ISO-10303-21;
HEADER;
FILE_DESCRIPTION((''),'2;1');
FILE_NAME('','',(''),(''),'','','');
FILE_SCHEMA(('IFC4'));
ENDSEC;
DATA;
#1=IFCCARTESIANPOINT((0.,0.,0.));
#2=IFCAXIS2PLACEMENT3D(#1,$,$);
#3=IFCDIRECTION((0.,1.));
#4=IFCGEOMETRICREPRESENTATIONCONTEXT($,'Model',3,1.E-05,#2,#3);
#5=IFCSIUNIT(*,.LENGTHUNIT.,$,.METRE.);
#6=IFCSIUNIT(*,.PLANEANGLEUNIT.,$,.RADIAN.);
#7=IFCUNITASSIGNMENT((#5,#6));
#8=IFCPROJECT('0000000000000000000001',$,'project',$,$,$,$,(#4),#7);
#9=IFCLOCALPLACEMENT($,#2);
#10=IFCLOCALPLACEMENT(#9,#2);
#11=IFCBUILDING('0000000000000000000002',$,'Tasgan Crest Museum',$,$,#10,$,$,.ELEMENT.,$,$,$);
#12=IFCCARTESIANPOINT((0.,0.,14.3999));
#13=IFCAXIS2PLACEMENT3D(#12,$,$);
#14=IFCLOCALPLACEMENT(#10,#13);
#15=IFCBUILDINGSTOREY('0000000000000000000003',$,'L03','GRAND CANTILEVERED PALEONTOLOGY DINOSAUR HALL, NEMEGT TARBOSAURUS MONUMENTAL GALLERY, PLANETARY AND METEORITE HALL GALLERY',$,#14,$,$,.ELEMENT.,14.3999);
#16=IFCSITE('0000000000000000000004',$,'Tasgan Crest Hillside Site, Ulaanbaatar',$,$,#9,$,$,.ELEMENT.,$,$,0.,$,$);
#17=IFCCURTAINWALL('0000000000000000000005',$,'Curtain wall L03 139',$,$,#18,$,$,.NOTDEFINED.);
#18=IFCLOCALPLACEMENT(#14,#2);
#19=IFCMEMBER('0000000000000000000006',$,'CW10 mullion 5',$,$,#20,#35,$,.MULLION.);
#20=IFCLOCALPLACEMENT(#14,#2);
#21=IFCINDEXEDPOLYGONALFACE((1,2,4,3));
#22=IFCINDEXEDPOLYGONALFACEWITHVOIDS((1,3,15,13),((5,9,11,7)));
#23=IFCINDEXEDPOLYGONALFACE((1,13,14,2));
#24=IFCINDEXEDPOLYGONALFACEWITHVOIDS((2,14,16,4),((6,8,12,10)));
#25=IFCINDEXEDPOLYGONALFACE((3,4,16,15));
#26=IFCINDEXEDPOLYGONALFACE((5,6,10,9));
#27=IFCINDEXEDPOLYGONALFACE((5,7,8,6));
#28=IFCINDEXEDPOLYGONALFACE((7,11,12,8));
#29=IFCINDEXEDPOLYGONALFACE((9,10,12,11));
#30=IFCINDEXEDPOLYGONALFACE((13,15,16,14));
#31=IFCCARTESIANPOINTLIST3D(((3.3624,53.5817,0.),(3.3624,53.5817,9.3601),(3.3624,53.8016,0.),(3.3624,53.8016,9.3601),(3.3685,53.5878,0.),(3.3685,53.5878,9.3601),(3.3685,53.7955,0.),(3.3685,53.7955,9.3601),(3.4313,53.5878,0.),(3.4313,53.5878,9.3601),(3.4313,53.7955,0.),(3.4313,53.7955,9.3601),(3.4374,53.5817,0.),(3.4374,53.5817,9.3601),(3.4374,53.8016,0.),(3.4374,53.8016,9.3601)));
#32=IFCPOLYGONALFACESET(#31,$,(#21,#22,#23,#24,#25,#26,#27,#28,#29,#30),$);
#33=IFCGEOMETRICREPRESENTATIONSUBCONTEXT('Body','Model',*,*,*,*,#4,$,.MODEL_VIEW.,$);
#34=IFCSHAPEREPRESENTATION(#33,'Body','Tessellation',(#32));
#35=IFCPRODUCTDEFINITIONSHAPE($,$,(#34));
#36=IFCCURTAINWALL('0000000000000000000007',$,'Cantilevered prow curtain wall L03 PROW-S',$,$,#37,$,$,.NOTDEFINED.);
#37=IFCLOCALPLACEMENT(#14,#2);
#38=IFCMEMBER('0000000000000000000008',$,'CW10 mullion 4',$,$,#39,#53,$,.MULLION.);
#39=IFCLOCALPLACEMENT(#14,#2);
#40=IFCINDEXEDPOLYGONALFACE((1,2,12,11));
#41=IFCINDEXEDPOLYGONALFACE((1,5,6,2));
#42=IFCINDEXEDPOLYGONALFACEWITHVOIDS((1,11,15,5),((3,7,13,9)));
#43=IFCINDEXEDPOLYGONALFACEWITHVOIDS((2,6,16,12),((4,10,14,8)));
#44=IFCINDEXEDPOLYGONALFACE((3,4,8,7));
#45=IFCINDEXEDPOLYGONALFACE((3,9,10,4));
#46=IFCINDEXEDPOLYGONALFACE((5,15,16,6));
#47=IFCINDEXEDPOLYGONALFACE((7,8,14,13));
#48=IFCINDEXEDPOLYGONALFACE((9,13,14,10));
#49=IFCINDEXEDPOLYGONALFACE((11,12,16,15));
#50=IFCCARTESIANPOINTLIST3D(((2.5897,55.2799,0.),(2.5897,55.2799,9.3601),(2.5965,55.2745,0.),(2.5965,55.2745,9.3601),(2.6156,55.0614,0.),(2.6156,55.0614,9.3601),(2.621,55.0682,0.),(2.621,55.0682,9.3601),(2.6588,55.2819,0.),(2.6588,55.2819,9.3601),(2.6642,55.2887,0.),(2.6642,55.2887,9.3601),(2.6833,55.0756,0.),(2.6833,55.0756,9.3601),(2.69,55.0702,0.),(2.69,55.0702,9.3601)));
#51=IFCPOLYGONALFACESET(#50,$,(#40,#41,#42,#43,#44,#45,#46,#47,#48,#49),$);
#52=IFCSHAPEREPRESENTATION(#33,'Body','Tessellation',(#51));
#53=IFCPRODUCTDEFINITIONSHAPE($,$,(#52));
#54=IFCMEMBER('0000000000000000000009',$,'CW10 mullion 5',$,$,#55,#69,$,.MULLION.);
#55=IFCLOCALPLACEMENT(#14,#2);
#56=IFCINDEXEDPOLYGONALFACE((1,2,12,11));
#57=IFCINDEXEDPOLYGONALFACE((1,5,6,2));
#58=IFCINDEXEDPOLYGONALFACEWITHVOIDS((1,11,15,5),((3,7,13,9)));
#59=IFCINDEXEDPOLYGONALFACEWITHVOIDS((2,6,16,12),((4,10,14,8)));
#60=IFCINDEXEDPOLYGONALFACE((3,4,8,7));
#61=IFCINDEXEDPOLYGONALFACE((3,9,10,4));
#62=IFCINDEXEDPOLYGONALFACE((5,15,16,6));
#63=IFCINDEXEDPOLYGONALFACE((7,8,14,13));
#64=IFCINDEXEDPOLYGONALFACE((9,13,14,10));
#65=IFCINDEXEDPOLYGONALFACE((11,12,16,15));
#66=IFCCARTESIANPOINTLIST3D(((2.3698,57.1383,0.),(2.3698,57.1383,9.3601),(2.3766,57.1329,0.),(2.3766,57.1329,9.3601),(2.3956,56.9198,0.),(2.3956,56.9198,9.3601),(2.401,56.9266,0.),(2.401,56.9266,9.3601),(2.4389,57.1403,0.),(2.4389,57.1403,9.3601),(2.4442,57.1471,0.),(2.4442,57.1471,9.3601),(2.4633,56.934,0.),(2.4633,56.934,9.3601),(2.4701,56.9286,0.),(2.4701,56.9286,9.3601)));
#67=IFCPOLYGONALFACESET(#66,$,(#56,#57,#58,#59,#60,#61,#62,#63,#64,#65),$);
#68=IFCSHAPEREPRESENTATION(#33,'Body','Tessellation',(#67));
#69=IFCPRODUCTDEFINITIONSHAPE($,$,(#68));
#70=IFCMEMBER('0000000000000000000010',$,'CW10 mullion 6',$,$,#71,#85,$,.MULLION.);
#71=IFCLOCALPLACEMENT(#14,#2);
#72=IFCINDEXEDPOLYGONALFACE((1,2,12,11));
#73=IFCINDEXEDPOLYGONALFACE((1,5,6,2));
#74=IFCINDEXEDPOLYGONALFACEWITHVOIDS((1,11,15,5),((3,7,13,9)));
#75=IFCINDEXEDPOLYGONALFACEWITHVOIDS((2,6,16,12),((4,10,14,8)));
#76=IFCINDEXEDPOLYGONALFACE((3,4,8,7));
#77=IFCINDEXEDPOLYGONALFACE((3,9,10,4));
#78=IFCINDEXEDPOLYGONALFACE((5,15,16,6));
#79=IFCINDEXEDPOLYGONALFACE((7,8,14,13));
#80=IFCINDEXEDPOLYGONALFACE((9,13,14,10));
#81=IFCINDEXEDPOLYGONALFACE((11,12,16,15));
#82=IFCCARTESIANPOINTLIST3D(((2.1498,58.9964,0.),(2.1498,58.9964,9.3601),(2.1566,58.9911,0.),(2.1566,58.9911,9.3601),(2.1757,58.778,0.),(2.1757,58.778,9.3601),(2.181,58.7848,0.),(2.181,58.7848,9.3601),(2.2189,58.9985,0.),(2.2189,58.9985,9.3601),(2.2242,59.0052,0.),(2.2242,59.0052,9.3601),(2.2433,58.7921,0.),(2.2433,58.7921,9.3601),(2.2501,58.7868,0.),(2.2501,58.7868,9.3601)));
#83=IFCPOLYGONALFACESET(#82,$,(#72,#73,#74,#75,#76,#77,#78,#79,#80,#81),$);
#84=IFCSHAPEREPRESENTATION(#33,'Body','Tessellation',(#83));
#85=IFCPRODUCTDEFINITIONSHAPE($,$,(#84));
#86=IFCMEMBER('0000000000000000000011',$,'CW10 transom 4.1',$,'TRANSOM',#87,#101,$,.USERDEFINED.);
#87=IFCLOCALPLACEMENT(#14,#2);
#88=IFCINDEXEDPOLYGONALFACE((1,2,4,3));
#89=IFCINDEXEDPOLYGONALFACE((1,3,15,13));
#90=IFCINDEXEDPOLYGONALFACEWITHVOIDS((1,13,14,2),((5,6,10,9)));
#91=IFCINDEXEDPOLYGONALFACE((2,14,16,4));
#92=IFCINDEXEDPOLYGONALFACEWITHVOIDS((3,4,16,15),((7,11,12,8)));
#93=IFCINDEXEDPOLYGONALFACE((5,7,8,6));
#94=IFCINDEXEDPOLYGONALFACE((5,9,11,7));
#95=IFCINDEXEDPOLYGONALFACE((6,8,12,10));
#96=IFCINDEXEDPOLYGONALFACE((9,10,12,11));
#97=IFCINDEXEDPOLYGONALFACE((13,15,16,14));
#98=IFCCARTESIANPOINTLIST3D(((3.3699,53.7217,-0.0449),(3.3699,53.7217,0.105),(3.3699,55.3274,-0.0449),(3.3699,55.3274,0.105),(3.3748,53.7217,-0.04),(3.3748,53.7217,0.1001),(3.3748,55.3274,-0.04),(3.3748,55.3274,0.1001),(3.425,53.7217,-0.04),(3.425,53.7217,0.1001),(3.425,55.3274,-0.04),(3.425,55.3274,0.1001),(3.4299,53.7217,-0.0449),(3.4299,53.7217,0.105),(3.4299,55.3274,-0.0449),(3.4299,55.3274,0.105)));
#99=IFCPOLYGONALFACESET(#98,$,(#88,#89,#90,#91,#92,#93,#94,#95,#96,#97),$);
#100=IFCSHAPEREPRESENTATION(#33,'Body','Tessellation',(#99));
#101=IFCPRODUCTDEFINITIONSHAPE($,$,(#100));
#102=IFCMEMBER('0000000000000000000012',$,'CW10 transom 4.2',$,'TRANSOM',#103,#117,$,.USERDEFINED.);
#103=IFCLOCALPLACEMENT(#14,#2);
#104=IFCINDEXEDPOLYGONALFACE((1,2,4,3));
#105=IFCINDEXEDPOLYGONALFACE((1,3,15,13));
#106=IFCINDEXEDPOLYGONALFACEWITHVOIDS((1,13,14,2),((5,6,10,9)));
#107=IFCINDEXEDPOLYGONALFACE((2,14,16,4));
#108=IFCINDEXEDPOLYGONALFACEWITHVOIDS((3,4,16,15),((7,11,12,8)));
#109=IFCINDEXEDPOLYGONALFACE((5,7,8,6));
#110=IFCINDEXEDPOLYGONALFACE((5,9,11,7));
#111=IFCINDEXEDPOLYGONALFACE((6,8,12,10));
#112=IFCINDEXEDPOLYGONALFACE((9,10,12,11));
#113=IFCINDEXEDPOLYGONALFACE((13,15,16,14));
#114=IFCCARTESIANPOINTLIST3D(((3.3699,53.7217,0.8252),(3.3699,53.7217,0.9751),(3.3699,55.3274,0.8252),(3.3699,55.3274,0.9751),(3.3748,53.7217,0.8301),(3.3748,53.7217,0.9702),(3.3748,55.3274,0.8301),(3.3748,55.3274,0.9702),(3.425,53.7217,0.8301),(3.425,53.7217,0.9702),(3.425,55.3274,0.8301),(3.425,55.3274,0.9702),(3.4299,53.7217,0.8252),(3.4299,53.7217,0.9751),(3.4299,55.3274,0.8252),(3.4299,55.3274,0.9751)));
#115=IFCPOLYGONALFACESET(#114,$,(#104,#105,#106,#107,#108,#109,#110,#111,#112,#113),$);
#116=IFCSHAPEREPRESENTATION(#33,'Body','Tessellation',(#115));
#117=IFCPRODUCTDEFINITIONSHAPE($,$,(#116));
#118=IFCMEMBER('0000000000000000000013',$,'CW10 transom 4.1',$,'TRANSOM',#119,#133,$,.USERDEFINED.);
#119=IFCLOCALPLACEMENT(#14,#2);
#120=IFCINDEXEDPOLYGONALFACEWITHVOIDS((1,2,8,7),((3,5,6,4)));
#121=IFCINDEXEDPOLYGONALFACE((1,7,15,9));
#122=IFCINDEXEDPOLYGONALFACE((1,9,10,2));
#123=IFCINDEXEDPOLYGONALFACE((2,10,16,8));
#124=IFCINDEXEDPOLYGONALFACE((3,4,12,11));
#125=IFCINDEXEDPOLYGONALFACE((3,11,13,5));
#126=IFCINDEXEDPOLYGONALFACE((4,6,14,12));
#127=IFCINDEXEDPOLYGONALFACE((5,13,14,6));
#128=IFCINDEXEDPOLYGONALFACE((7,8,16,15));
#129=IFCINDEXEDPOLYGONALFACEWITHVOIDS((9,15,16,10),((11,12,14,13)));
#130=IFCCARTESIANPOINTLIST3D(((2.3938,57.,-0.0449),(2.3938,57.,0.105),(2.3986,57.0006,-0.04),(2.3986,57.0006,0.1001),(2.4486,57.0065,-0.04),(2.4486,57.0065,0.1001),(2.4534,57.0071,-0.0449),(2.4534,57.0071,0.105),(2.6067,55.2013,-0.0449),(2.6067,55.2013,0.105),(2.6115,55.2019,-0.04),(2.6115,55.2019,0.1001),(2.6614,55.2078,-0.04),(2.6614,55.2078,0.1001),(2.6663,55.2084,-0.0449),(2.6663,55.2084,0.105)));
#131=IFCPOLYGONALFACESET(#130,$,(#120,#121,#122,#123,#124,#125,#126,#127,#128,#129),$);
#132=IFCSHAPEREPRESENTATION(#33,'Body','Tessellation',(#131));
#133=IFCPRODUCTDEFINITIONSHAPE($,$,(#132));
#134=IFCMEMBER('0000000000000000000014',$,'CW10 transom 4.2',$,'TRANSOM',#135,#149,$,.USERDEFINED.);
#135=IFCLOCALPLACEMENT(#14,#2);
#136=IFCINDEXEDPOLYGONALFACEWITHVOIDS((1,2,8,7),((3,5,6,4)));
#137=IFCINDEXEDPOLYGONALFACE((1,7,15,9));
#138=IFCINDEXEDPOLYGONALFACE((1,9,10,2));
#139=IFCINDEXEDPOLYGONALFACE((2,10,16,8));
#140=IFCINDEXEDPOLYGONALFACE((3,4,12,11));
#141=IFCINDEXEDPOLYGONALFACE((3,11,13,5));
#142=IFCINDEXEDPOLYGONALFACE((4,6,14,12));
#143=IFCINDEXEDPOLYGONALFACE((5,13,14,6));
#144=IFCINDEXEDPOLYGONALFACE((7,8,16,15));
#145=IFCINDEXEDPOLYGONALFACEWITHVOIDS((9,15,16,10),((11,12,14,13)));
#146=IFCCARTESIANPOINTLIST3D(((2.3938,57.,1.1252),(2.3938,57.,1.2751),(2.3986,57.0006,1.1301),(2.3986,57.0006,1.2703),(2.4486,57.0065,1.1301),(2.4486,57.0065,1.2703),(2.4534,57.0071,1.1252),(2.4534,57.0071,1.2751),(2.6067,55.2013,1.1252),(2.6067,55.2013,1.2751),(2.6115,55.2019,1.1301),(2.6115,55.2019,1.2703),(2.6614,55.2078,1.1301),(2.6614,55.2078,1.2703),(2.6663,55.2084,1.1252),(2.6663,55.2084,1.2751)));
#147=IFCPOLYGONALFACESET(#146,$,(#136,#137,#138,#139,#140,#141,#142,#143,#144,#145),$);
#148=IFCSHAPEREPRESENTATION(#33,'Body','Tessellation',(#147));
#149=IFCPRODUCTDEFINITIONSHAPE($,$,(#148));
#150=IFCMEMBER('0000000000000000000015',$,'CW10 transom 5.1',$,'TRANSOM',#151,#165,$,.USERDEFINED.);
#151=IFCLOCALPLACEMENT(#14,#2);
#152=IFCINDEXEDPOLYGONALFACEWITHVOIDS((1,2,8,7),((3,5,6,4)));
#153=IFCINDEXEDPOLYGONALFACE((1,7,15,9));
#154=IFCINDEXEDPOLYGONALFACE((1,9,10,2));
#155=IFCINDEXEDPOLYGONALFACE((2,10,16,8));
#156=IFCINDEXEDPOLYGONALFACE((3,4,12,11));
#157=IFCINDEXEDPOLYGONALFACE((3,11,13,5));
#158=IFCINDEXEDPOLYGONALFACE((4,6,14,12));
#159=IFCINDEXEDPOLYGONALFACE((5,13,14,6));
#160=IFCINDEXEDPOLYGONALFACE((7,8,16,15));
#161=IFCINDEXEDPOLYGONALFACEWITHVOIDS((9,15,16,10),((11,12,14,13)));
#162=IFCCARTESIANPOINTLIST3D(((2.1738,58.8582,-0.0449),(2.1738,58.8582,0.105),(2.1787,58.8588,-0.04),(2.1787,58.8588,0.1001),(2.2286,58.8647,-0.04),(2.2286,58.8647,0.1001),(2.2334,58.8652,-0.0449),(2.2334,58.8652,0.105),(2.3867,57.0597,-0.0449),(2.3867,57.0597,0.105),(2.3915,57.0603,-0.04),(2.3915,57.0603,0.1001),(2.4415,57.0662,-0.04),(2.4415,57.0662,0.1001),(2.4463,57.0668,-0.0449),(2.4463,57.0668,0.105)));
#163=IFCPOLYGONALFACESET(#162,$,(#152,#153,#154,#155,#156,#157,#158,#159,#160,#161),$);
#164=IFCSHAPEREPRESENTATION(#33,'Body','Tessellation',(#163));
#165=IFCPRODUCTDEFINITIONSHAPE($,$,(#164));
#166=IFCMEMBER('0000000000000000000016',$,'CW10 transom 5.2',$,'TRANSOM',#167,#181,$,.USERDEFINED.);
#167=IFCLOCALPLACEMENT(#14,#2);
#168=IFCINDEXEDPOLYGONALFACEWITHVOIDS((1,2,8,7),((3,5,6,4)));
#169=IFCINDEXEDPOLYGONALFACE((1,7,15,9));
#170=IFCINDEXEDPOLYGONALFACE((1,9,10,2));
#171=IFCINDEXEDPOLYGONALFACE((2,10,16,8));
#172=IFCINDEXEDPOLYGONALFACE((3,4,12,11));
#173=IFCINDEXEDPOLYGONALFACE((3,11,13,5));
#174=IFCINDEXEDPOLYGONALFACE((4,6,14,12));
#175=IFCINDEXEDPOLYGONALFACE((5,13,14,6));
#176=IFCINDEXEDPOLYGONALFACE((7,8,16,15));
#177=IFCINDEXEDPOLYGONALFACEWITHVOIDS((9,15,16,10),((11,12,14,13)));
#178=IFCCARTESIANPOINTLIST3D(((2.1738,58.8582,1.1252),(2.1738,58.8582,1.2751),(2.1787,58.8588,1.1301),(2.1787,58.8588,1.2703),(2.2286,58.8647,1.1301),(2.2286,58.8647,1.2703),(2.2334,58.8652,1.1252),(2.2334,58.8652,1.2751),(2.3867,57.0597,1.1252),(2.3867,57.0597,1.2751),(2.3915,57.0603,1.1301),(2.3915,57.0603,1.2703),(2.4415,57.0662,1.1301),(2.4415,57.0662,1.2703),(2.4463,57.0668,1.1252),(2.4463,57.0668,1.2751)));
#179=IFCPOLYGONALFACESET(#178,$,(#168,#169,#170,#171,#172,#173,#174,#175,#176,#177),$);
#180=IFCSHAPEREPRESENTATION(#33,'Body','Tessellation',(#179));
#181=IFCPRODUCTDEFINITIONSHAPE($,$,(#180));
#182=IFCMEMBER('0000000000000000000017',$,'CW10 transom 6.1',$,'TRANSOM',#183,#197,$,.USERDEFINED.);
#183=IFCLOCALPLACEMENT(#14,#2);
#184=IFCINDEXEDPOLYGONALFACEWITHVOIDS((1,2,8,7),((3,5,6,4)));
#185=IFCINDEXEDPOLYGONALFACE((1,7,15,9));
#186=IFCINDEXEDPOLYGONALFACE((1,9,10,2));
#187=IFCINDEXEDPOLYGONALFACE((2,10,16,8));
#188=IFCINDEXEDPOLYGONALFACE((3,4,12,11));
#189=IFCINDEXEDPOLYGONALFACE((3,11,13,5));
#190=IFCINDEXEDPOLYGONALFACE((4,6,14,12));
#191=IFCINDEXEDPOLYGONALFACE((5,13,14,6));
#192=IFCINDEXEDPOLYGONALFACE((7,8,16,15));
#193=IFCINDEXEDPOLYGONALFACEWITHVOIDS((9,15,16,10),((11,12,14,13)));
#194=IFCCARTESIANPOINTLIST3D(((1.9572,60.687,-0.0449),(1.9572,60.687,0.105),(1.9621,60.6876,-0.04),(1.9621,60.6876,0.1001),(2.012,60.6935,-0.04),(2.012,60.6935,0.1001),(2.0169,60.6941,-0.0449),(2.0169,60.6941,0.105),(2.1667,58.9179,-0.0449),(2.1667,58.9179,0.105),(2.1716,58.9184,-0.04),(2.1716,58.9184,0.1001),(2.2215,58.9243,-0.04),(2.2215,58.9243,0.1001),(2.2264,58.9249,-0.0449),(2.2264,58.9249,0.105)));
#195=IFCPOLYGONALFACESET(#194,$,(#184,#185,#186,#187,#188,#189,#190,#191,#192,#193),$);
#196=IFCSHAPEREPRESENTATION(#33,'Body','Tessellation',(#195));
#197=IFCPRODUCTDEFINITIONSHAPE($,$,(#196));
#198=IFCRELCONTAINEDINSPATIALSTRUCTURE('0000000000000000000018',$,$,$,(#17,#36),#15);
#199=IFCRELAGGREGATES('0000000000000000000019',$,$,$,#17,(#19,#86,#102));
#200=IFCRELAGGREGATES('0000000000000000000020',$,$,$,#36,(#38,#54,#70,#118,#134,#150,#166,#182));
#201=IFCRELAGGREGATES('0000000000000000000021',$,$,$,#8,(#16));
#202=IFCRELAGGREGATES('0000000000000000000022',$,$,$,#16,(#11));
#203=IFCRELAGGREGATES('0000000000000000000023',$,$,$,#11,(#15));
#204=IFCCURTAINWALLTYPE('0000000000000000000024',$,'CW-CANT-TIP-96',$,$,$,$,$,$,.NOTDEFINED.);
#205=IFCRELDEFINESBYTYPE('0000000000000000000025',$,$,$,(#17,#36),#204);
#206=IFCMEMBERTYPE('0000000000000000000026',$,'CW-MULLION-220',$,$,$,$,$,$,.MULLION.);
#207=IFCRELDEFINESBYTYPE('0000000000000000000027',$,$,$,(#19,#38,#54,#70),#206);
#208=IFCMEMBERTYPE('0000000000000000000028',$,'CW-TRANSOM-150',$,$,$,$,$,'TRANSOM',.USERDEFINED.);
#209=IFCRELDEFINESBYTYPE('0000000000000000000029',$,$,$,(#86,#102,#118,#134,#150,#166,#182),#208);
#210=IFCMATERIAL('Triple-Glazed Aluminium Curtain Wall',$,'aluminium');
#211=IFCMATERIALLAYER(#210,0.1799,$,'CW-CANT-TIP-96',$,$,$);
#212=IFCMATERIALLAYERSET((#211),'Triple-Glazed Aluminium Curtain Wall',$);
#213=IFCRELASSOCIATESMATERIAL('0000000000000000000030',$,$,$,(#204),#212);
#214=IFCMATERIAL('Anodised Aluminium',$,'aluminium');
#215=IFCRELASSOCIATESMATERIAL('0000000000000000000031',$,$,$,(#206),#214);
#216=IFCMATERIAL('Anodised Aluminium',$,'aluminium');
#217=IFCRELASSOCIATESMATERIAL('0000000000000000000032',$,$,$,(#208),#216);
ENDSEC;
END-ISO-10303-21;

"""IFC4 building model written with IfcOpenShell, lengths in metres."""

from ifc_helpers import new_model, si_unit, direction, frame, origin, origin_2d, place, context, subcontext, project, spatial, hollow_rectangle, extrude, material, layer, layer_set, material_profile, profile_set, type_object, element, aggregate, save


model = new_model("IFC4")

# Units and contexts
model_context = context("Model", 3, precision=1e-05, world=origin(), true_north=direction((0.0, 1.0)))
body_context = subcontext(model_context, "Body", "Model", "MODEL_VIEW")
ifc_project = project(units=[si_unit("LENGTHUNIT", "METRE"), si_unit("PLANEANGLEUNIT", "RADIAN")], contexts=[model_context])

# Site, building, storey
site_placement = place(None, origin())
site = spatial("IfcSite", under=ifc_project, at=site_placement, Name="Tasgan Crest Hillside Site, Ulaanbaatar", CompositionType="ELEMENT", RefElevation=0.0)
building_placement = place(site_placement, origin())
building = spatial("IfcBuilding", under=site, at=building_placement, Name="Tasgan Crest Museum", CompositionType="ELEMENT")
storey_placement = place(building_placement, frame((0.0, 0.0, 14.3999)))
storey = spatial("IfcBuildingStorey", under=building, at=storey_placement, Name="L03", Description="GRAND CANTILEVERED PALEONTOLOGY DINOSAUR HALL, NEMEGT TARBOSAURUS MONUMENTAL GALLERY, PLANETARY AND METEORITE HALL GALLERY", CompositionType="ELEMENT", Elevation=14.3999)

# Curtain wall, member
ifc_material_1 = material(Name="Triple-Glazed Aluminium Curtain Wall", Category="aluminium")
ifc_layer_1 = layer(ifc_material_1, 0.1799, Name="CW-CANT-TIP-96")
ifc_layer_set_1 = layer_set([ifc_layer_1], Name="Triple-Glazed Aluminium Curtain Wall")
curtain_wall_type = type_object("IfcCurtainWallType", Name="CW-CANT-TIP-96", PredefinedType="NOTDEFINED", material=ifc_layer_set_1)
curtain_wall_1_placement = place(storey_placement, origin())
curtain_wall_1 = element("IfcCurtainWall", 1, at=curtain_wall_1_placement, inside=storey, type_object=curtain_wall_type, Name="Curtain wall L03 139", PredefinedType="NOTDEFINED")
ifc_material_2 = material(Name="Anodised Aluminium", Category="aluminium")
ifc_material_profile_1 = material_profile(ifc_material_2, hollow_rectangle(XDim=0.075, YDim=0.22, WallThickness=0.0061, at=origin_2d()), Name="ALU MULLION 220x75x6")
ifc_profile_set_1 = profile_set([ifc_material_profile_1], Name="Anodised Aluminium")
member_type_1 = type_object("IfcMemberType", Name="CW-MULLION-220", PredefinedType="MULLION", material=ifc_profile_set_1)
member_1_placement = place(storey_placement, frame((3.3999, 53.6917, 0.0), z_axis=(0.0, 0.0, 1.0), x_axis=(1.0, 0.0, 0.0)))
member_1 = element("IfcMember", 2, at=member_1_placement, type_object=member_type_1, Name="CW10 mullion 5", PredefinedType="MULLION", context=body_context, shape_type="SweptSolid", body=[
    extrude(hollow_rectangle(XDim=0.075, YDim=0.22, WallThickness=0.0061, at=origin_2d()), origin(), (0.0, 0.0, 1.0), 9.3601),
])

# Curtain wall, members
curtain_wall_2_placement = place(storey_placement, origin())
curtain_wall_2 = element("IfcCurtainWall", 3, at=curtain_wall_2_placement, inside=storey, type_object=curtain_wall_type, Name="Cantilevered prow curtain wall L03 PROW-S", PredefinedType="NOTDEFINED")
member_2_placement = place(storey_placement, frame((2.6399, 55.175, 0.0), z_axis=(0.0, 0.0, 1.0), x_axis=(-0.993065, -0.117565, 0.0)))
member_2 = element("IfcMember", 4, at=member_2_placement, type_object=member_type_1, Name="CW10 mullion 4", PredefinedType="MULLION", context=body_context, shape_type="SweptSolid", body=[
    extrude(hollow_rectangle(XDim=0.075, YDim=0.22, WallThickness=0.0061, at=origin_2d()), origin(), (0.0, 0.0, 1.0), 9.3601),
])
member_3_placement = place(storey_placement, frame((2.4199, 57.0334, 0.0), z_axis=(0.0, 0.0, 1.0), x_axis=(-0.993065, -0.117565, 0.0)))
member_3 = element("IfcMember", 5, at=member_3_placement, type_object=member_type_1, Name="CW10 mullion 5", PredefinedType="MULLION", context=body_context, shape_type="SweptSolid", body=[
    extrude(hollow_rectangle(XDim=0.075, YDim=0.22, WallThickness=0.0061, at=origin_2d()), origin(), (0.0, 0.0, 1.0), 9.3601),
])
member_4_placement = place(storey_placement, frame((2.2, 58.8916, 0.0), z_axis=(0.0, 0.0, 1.0), x_axis=(-0.993065, -0.117565, 0.0)))
member_4 = element("IfcMember", 6, at=member_4_placement, type_object=member_type_1, Name="CW10 mullion 6", PredefinedType="MULLION", context=body_context, shape_type="SweptSolid", body=[
    extrude(hollow_rectangle(XDim=0.075, YDim=0.22, WallThickness=0.0061, at=origin_2d()), origin(), (0.0, 0.0, 1.0), 9.3601),
])

# Members
ifc_material_3 = material(Name="Anodised Aluminium", Category="aluminium")
ifc_material_profile_2 = material_profile(ifc_material_3, hollow_rectangle(XDim=0.0601, YDim=0.1499, WallThickness=0.0049, at=origin_2d()), Name="ALU TRANSOM 150x60x5")
ifc_profile_set_2 = profile_set([ifc_material_profile_2], Name="Anodised Aluminium")
member_type_2 = type_object("IfcMemberType", Name="CW-TRANSOM-150", ElementType="TRANSOM", PredefinedType="USERDEFINED", material=ifc_profile_set_2)
member_5_placement = place(storey_placement, frame((3.3999, 55.3274, 0.03), z_axis=(0.0, -1.0, 0.0), x_axis=(1.0, 0.0, 0.0)))
member_5 = element("IfcMember", 7, at=member_5_placement, type_object=member_type_2, Name="CW10 transom 4.1", ObjectType="TRANSOM", PredefinedType="USERDEFINED", context=body_context, shape_type="SweptSolid", body=[
    extrude(hollow_rectangle(XDim=0.0601, YDim=0.1499, WallThickness=0.0049, at=origin_2d()), origin(), (0.0, 0.0, 1.0), 1.6057),
])
member_6_placement = place(storey_placement, frame((3.3999, 55.3274, 0.9001), z_axis=(0.0, -1.0, 0.0), x_axis=(1.0, 0.0, 0.0)))
member_6 = element("IfcMember", 8, at=member_6_placement, type_object=member_type_2, Name="CW10 transom 4.2", ObjectType="TRANSOM", PredefinedType="USERDEFINED", context=body_context, shape_type="SweptSolid", body=[
    extrude(hollow_rectangle(XDim=0.0601, YDim=0.1499, WallThickness=0.0049, at=origin_2d()), origin(), (0.0, 0.0, 1.0), 1.6057),
])
member_7_placement = place(storey_placement, frame((2.6365, 55.2048, 0.03), z_axis=(-0.117529, 0.993069, 0.0), x_axis=(-0.993069, -0.117529, 0.0)))
member_7 = element("IfcMember", 9, at=member_7_placement, type_object=member_type_2, Name="CW10 transom 4.1", ObjectType="TRANSOM", PredefinedType="USERDEFINED", context=body_context, shape_type="SweptSolid", body=[
    extrude(hollow_rectangle(XDim=0.0601, YDim=0.1499, WallThickness=0.0049, at=origin_2d()), origin(), (0.0, 0.0, 1.0), 1.8113),
])
member_8_placement = place(storey_placement, frame((2.6365, 55.2048, 1.2002), z_axis=(-0.117529, 0.993069, 0.0), x_axis=(-0.993069, -0.117529, 0.0)))
member_8 = element("IfcMember", 10, at=member_8_placement, type_object=member_type_2, Name="CW10 transom 4.2", ObjectType="TRANSOM", PredefinedType="USERDEFINED", context=body_context, shape_type="SweptSolid", body=[
    extrude(hollow_rectangle(XDim=0.0601, YDim=0.1499, WallThickness=0.0049, at=origin_2d()), origin(), (0.0, 0.0, 1.0), 1.8113),
])
member_9_placement = place(storey_placement, frame((2.4165, 57.0632, 0.03), z_axis=(-0.117545, 0.993068, 0.0), x_axis=(-0.993068, -0.117545, 0.0)))
member_9 = element("IfcMember", 11, at=member_9_placement, type_object=member_type_2, Name="CW10 transom 5.1", ObjectType="TRANSOM", PredefinedType="USERDEFINED", context=body_context, shape_type="SweptSolid", body=[
    extrude(hollow_rectangle(XDim=0.0601, YDim=0.1499, WallThickness=0.0049, at=origin_2d()), origin(), (0.0, 0.0, 1.0), 1.811),
])
member_10_placement = place(storey_placement, frame((2.4165, 57.0632, 1.2002), z_axis=(-0.117545, 0.993068, 0.0), x_axis=(-0.993068, -0.117545, 0.0)))
member_10 = element("IfcMember", 12, at=member_10_placement, type_object=member_type_2, Name="CW10 transom 5.2", ObjectType="TRANSOM", PredefinedType="USERDEFINED", context=body_context, shape_type="SweptSolid", body=[
    extrude(hollow_rectangle(XDim=0.0601, YDim=0.1499, WallThickness=0.0049, at=origin_2d()), origin(), (0.0, 0.0, 1.0), 1.811),
])
member_11_placement = place(storey_placement, frame((2.1965, 58.9214, 0.03), z_axis=(-0.117589, 0.993062, 0.0), x_axis=(-0.993062, -0.117589, 0.0)))
member_11 = element("IfcMember", 13, at=member_11_placement, type_object=member_type_2, Name="CW10 transom 6.1", ObjectType="TRANSOM", PredefinedType="USERDEFINED", context=body_context, shape_type="SweptSolid", body=[
    extrude(hollow_rectangle(XDim=0.0601, YDim=0.1499, WallThickness=0.0049, at=origin_2d()), origin(), (0.0, 0.0, 1.0), 1.7815),
])

aggregate(curtain_wall_1, [member_1, member_5, member_6])
aggregate(curtain_wall_2, [member_2, member_3, member_4, member_7, member_8, member_9, member_10, member_11])

save(model, "model.ifc")
